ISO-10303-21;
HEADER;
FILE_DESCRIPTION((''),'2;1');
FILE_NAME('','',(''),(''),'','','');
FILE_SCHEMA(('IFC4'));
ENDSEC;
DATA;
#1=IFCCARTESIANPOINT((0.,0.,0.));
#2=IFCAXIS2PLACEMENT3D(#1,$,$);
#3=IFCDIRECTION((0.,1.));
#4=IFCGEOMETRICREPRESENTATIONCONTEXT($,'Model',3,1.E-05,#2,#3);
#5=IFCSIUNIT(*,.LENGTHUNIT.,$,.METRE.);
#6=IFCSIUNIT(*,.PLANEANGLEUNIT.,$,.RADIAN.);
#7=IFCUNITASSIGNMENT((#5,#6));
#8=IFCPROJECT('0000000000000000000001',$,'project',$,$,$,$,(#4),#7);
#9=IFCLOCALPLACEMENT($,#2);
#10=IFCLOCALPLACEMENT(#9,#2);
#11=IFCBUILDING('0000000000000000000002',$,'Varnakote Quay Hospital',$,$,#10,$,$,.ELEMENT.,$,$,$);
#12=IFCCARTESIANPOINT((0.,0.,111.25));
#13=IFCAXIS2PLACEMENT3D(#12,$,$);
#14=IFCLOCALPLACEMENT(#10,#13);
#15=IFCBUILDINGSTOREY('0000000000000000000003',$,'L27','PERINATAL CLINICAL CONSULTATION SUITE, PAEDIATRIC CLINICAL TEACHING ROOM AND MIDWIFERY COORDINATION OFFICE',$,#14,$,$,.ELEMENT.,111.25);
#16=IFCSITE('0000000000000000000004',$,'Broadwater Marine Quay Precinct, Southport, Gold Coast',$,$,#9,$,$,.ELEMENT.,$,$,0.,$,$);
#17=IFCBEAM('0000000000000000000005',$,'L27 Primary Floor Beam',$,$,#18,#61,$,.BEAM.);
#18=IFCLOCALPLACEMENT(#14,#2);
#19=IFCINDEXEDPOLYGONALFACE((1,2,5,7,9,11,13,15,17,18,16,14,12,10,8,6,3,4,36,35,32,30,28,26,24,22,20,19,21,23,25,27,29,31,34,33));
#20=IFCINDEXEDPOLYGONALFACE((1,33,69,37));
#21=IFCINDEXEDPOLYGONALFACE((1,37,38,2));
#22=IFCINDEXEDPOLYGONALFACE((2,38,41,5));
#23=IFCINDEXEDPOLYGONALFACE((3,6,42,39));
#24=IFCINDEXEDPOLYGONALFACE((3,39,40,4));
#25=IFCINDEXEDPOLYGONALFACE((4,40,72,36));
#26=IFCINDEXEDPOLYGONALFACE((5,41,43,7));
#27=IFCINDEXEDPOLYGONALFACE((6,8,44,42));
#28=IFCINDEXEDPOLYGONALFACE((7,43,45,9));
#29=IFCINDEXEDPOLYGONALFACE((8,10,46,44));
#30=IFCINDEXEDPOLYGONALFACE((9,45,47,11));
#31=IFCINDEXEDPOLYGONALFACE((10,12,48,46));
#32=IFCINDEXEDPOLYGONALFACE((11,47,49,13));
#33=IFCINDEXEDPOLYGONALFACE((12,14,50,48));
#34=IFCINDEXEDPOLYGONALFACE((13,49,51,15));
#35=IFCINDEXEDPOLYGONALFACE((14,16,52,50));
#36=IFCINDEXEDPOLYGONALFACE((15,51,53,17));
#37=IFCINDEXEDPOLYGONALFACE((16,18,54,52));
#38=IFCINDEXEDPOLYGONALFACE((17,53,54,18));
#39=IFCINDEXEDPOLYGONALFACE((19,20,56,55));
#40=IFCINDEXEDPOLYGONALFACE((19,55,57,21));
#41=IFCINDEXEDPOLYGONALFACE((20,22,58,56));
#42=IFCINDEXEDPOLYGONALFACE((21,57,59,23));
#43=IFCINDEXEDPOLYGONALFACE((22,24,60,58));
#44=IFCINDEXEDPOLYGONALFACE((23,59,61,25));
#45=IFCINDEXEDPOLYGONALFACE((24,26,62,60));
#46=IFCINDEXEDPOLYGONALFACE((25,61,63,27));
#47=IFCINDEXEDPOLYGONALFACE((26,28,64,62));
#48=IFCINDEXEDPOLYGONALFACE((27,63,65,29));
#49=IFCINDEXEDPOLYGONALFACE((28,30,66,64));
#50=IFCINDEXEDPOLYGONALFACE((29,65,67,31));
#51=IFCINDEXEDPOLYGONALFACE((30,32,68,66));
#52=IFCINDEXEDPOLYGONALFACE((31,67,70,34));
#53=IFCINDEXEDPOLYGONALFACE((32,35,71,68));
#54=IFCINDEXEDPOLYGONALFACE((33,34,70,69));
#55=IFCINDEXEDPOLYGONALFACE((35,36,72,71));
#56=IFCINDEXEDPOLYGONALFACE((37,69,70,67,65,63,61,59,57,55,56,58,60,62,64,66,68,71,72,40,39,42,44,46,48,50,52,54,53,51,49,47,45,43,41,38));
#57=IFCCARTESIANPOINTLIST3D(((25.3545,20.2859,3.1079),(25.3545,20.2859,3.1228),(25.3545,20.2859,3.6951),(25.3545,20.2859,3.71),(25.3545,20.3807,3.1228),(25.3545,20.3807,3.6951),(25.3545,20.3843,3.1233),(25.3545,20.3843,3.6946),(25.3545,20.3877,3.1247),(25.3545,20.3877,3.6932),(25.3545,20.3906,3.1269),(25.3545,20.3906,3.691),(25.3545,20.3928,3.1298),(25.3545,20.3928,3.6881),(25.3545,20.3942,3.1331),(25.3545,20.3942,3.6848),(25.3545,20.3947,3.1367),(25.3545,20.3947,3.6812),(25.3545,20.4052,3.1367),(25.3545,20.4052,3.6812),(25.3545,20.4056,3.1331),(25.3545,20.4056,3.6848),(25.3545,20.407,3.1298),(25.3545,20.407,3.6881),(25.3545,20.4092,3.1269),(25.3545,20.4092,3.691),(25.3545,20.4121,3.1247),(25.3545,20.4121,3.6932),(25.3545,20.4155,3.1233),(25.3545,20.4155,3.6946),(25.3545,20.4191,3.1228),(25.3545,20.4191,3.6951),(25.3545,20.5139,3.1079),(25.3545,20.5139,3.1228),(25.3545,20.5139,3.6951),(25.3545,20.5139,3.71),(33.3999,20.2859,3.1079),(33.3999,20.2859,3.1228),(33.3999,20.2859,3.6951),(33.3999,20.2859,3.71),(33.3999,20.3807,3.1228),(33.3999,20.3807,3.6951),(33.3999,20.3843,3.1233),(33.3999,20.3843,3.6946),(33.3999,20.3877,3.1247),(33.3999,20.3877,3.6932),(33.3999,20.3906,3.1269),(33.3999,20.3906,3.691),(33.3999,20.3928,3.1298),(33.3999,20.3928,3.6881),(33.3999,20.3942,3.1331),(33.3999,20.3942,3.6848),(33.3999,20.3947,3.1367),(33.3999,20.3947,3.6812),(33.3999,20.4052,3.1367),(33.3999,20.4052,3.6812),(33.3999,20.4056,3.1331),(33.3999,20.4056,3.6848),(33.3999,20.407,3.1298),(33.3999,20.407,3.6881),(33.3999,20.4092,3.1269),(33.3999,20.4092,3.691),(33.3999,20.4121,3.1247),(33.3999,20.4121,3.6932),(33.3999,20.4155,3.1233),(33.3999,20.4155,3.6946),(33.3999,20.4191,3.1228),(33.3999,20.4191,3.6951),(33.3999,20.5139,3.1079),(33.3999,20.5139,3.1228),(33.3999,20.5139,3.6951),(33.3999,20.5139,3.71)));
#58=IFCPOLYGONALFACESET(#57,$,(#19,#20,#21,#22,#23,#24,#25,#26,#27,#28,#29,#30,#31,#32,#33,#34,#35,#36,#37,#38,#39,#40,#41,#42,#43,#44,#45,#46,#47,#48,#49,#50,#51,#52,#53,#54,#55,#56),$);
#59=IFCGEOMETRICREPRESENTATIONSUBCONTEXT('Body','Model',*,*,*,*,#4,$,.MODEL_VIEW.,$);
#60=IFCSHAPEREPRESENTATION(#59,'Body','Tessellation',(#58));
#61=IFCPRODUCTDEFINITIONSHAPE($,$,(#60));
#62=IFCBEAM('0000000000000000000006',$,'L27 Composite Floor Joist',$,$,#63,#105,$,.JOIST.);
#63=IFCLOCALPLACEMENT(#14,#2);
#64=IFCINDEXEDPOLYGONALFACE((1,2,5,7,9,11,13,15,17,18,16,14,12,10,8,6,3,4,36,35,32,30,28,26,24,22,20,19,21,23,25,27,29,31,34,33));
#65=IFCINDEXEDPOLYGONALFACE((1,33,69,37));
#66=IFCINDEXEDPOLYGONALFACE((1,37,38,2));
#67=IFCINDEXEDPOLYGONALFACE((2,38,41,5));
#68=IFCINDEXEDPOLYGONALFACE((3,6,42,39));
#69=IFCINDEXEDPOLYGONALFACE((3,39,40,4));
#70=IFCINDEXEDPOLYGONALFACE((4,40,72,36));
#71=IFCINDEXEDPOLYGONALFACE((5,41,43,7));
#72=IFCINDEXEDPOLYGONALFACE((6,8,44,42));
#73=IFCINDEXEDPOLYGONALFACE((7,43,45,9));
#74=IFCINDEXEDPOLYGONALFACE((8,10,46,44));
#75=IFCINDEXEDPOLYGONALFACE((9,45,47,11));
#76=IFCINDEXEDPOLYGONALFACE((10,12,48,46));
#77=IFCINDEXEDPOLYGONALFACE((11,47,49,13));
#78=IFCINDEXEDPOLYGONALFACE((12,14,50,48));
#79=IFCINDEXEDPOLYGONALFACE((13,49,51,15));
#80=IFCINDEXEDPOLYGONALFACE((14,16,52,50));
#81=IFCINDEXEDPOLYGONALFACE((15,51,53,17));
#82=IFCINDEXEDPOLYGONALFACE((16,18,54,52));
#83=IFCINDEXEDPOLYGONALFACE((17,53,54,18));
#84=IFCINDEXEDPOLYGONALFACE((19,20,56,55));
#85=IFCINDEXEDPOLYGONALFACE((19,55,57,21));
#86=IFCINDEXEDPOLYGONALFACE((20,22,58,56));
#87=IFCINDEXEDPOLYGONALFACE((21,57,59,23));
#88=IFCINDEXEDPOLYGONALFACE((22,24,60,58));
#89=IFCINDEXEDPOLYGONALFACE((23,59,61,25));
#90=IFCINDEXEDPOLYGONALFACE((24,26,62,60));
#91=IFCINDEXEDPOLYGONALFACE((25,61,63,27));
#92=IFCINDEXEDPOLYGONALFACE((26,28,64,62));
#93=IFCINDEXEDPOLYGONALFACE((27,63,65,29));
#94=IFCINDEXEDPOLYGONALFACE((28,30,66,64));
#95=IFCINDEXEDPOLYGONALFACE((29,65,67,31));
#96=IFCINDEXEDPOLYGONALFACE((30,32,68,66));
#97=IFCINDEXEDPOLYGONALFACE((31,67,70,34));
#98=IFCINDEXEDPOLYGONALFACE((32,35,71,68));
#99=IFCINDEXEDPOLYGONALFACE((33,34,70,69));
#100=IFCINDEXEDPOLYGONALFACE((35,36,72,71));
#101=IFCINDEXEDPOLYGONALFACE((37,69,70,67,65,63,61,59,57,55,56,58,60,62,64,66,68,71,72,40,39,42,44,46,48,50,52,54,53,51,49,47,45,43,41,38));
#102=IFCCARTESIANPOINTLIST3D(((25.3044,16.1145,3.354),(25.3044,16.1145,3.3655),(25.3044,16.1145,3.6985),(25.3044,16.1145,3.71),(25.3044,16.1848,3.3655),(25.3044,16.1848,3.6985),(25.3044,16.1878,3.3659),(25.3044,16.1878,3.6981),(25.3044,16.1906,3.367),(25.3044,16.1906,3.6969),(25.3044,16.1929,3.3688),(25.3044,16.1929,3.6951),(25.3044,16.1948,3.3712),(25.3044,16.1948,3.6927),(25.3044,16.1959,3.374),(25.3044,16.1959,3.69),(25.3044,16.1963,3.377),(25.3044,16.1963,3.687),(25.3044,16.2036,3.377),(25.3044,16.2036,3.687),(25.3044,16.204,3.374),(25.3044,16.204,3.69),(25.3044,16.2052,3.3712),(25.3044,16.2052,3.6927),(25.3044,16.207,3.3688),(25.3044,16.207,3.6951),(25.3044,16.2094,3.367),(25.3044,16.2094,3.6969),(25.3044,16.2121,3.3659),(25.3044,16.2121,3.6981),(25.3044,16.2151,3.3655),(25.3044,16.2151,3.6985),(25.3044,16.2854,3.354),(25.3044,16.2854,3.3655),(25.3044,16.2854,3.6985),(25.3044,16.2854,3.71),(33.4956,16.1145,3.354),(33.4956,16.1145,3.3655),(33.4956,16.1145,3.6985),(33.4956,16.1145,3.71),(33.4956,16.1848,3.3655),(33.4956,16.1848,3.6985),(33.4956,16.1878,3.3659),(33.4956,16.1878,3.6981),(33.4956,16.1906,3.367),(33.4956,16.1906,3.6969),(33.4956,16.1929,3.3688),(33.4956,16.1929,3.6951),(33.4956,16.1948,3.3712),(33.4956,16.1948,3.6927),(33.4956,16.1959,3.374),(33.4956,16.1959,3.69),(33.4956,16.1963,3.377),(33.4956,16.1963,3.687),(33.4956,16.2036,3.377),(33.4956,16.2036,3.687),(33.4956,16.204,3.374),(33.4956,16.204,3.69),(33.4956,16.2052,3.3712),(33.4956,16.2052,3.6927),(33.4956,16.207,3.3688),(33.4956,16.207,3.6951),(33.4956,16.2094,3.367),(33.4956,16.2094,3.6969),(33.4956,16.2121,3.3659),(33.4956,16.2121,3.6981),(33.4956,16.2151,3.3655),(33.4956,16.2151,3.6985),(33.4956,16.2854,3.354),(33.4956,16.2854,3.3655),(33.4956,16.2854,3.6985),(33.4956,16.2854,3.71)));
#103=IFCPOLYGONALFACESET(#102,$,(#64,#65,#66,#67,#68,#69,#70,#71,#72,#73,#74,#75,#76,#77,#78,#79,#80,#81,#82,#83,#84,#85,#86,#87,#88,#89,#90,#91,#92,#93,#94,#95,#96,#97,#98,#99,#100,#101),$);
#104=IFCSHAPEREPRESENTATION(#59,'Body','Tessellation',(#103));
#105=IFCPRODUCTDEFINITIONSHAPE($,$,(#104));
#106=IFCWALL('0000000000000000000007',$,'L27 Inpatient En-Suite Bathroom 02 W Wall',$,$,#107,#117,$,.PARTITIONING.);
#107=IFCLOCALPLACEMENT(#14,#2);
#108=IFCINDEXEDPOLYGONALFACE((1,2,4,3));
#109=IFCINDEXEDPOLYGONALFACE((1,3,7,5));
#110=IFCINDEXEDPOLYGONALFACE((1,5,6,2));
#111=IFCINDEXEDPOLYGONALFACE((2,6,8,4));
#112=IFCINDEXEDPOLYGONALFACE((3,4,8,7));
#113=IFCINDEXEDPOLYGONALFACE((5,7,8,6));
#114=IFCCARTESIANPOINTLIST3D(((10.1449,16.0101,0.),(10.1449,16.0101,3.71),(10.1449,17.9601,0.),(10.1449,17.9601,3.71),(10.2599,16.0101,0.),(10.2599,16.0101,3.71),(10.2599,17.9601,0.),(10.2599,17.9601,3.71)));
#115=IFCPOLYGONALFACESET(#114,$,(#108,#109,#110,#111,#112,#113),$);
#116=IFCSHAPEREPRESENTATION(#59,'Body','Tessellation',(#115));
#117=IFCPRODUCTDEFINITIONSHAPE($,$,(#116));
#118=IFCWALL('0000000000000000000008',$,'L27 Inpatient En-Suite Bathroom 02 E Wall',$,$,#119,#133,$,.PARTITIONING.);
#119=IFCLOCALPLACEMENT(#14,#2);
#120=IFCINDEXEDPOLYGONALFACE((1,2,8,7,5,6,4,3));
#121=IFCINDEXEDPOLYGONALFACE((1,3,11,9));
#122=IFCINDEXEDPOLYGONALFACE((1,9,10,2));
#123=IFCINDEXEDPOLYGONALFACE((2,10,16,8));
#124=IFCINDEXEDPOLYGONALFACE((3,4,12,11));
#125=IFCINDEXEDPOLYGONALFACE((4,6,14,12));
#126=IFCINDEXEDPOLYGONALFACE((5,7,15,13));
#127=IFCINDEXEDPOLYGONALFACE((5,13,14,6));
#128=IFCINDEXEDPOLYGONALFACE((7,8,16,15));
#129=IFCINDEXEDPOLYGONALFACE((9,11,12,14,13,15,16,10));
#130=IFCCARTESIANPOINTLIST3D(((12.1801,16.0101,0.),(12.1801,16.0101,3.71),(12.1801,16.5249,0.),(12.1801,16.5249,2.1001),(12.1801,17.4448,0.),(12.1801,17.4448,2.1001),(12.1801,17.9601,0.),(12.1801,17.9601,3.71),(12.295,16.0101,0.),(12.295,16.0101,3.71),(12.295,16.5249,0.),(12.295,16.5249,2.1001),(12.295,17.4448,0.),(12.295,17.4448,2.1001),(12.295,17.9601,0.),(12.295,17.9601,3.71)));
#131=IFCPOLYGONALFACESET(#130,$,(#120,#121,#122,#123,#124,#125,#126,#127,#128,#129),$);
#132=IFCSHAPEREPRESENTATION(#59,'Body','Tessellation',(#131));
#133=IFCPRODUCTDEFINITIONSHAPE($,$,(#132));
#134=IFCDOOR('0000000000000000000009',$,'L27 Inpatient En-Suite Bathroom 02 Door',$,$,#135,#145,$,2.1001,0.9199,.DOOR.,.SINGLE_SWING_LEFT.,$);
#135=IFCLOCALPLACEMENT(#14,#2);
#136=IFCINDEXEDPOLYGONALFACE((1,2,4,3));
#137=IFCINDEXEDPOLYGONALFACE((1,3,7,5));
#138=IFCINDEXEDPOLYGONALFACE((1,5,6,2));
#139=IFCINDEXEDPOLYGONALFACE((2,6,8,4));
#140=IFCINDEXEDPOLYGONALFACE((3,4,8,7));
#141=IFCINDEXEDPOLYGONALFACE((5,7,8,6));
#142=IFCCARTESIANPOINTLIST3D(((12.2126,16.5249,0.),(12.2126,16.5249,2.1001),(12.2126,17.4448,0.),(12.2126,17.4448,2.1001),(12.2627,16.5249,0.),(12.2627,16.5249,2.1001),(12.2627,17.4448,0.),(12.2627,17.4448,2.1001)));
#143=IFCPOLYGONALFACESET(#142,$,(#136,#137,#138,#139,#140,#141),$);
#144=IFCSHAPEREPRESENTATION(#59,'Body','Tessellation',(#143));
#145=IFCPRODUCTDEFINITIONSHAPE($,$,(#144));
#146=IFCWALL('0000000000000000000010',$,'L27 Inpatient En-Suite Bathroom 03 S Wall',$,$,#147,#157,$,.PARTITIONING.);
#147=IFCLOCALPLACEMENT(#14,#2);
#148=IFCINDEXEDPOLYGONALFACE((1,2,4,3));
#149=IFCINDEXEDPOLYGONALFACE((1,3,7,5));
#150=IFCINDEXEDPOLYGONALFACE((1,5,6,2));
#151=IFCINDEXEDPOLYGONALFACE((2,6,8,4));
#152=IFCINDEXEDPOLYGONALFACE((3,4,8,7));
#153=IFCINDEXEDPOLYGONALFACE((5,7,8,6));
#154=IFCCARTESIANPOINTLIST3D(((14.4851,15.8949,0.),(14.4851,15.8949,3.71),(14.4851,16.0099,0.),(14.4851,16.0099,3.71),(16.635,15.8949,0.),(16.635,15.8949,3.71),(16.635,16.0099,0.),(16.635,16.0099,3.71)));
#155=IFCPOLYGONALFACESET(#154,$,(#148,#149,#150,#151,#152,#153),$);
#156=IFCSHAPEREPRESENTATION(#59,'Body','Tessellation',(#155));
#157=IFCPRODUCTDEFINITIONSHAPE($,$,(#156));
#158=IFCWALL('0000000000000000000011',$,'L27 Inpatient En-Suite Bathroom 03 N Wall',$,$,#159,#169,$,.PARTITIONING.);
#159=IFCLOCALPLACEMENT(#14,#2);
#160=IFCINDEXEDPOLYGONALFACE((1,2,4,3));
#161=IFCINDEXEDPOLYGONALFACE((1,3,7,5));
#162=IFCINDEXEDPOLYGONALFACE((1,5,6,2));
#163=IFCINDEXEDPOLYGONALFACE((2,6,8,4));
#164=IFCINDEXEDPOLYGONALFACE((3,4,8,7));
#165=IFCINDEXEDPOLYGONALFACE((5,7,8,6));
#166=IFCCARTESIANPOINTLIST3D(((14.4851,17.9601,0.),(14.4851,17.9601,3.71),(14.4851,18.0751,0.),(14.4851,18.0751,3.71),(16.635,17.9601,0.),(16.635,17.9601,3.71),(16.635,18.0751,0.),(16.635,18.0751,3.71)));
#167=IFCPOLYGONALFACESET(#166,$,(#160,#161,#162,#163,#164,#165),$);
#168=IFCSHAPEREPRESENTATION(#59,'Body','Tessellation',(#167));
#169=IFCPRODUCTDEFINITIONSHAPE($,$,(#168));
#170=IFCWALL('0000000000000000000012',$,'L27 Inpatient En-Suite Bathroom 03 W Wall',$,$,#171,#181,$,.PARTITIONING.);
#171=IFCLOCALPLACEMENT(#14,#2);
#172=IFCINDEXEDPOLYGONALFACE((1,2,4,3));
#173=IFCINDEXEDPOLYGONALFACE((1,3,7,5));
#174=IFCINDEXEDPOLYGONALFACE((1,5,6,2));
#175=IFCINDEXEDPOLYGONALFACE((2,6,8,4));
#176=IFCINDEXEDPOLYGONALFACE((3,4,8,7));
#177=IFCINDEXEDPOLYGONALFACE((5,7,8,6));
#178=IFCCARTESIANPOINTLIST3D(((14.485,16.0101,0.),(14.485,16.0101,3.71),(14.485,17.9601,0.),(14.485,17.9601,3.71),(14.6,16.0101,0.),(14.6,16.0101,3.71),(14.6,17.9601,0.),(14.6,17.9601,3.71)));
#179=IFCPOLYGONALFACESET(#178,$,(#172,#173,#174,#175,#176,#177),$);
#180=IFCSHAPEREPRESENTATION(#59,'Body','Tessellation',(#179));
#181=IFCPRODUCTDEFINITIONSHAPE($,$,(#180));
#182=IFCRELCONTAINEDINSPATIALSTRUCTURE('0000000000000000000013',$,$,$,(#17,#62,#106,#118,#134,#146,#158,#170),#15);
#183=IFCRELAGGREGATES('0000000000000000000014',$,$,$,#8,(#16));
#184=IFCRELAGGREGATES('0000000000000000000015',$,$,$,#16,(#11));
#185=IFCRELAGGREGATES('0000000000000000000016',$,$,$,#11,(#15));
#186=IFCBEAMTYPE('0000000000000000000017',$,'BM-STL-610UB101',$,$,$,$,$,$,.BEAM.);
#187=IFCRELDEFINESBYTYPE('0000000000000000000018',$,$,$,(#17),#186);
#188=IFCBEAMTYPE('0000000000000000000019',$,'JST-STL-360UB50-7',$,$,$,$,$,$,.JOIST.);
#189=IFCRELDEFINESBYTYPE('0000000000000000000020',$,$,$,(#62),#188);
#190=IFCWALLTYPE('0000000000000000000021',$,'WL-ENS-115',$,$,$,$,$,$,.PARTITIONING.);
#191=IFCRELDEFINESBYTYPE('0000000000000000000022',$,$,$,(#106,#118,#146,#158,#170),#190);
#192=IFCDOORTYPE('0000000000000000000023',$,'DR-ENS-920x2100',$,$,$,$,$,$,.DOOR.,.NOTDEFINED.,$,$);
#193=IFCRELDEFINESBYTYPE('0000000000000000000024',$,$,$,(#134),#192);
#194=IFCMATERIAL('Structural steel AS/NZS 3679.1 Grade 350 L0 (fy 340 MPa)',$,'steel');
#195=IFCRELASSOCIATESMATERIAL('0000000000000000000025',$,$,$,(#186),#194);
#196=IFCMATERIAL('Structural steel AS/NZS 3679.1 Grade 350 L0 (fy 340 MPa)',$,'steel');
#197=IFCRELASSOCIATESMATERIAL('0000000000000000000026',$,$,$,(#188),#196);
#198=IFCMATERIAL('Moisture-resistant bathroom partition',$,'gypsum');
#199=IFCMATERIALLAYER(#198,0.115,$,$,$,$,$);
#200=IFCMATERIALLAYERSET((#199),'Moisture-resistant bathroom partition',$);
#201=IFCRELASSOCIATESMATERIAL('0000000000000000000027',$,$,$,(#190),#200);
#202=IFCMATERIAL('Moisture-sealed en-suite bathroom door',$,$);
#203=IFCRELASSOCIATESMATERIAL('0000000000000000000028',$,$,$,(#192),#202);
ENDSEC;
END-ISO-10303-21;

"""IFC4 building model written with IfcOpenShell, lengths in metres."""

from ifc_helpers import new_model, si_unit, direction, frame, frame_2d, origin, origin_2d, place, context, subcontext, project, spatial, rectangle, i_section, extrude, material, layer, layer_set, material_profile, profile_set, type_object, element, fill, save


model = new_model("IFC4")

# Units and contexts
model_context = context("Model", 3, precision=1e-05, world=origin(), true_north=direction((0.0, 1.0)))
body_context = subcontext(model_context, "Body", "Model", "MODEL_VIEW")
ifc_project = project(units=[si_unit("LENGTHUNIT", "METRE"), si_unit("PLANEANGLEUNIT", "RADIAN")], contexts=[model_context])

# Site, building, storey
site_placement = place(None, origin())
site = spatial("IfcSite", under=ifc_project, at=site_placement, Name="Broadwater Marine Quay Precinct, Southport, Gold Coast", CompositionType="ELEMENT", RefElevation=0.0)
building_placement = place(site_placement, origin())
building = spatial("IfcBuilding", under=site, at=building_placement, Name="Varnakote Quay Hospital", CompositionType="ELEMENT")
storey_placement = place(building_placement, frame((0.0, 0.0, 111.25)))
storey = spatial("IfcBuildingStorey", under=building, at=storey_placement, Name="L27", Description="PERINATAL CLINICAL CONSULTATION SUITE, PAEDIATRIC CLINICAL TEACHING ROOM AND MIDWIFERY COORDINATION OFFICE", CompositionType="ELEMENT", Elevation=111.25)

# Beams
ifc_material_1 = material(Name="Structural steel AS/NZS 3679.1 Grade 350 L0 (fy 340 MPa)", Category="steel")
ifc_material_profile_1 = material_profile(ifc_material_1, i_section(OverallWidth=0.228, OverallDepth=0.6021, WebThickness=0.0105, FlangeThickness=0.0149, FilletRadius=0.0139, at=origin_2d()), Name="610UB101")
ifc_profile_set_1 = profile_set([ifc_material_profile_1], Name="Structural steel AS/NZS 3679.1 Grade 350 L0 (fy 340 MPa)")
beam_type_1 = type_object("IfcBeamType", Name="BM-STL-610UB101", PredefinedType="BEAM", material=ifc_profile_set_1)
for number, where, z_axis, x_axis, name in (
    (1, (25.3545, 20.3999, 3.4089), (1.0, 0.0, 0.0), (0.0, 1.0, 0.0), "L27 Primary Floor Beam"),
):
    element("IfcBeam", number, at=place(storey_placement, frame(where, z_axis=z_axis, x_axis=x_axis)), inside=storey, type_object=beam_type_1, Name=name, PredefinedType="BEAM", context=body_context, shape_type="SweptSolid", body=[
        extrude(i_section(OverallWidth=0.228, OverallDepth=0.6021, WebThickness=0.0105, FlangeThickness=0.0149, FilletRadius=0.0139, at=origin_2d()), origin(), (0.0, 0.0, 1.0), 8.0454),
    ])
ifc_material_2 = material(Name="Structural steel AS/NZS 3679.1 Grade 350 L0 (fy 340 MPa)", Category="steel")
ifc_material_profile_2 = material_profile(ifc_material_2, i_section(OverallWidth=0.1709, OverallDepth=0.356, WebThickness=0.0073, FlangeThickness=0.0115, FilletRadius=0.0115, at=origin_2d()), Name="360UB50.7")
ifc_profile_set_2 = profile_set([ifc_material_profile_2], Name="Structural steel AS/NZS 3679.1 Grade 350 L0 (fy 340 MPa)")
beam_type_2 = type_object("IfcBeamType", Name="JST-STL-360UB50-7", PredefinedType="JOIST", material=ifc_profile_set_2)
beam_1_placement = place(storey_placement, frame((25.3044, 16.2, 3.532), z_axis=(1.0, 0.0, 0.0), x_axis=(0.0, 1.0, 0.0)))
element("IfcBeam", 2, at=beam_1_placement, inside=storey, type_object=beam_type_2, Name="L27 Composite Floor Joist", PredefinedType="JOIST", context=body_context, shape_type="SweptSolid", body=[
    extrude(i_section(OverallWidth=0.1709, OverallDepth=0.356, WebThickness=0.0073, FlangeThickness=0.0115, FilletRadius=0.0115, at=origin_2d()), origin(), (0.0, 0.0, 1.0), 8.1912),
])

# Wall
ifc_material_3 = material(Name="Moisture-resistant bathroom partition", Category="gypsum")
ifc_layer_1 = layer(ifc_material_3, 0.115)
ifc_layer_set_1 = layer_set([ifc_layer_1], Name="Moisture-resistant bathroom partition")
wall_type_1 = type_object("IfcWallType", Name="WL-ENS-115", PredefinedType="PARTITIONING", material=ifc_layer_set_1)
wall_1_placement = place(storey_placement, frame((10.2024, 16.01, 0.0), z_axis=(0.0, 0.0, 1.0), x_axis=(0.0, 1.0, 0.0)))
element("IfcWall", 3, at=wall_1_placement, inside=storey, type_object=wall_type_1, Name="L27 Inpatient En-Suite Bathroom 02 W Wall", PredefinedType="PARTITIONING", context=body_context, shape_type="SweptSolid", body=[
    extrude(rectangle(XDim=1.95, YDim=0.115, at=frame_2d((0.9751, 0.0))), origin(), (0.0, 0.0, 1.0), 3.71),
])

# Wall, opening, door
wall_2_placement = place(storey_placement, frame((12.2375, 16.01, 0.0), z_axis=(0.0, 0.0, 1.0), x_axis=(0.0, 1.0, 0.0)))
wall_2 = element("IfcWall", 4, at=wall_2_placement, inside=storey, type_object=wall_type_1, Name="L27 Inpatient En-Suite Bathroom 02 E Wall", PredefinedType="PARTITIONING", context=body_context, shape_type="SweptSolid", body=[
    extrude(rectangle(XDim=1.95, YDim=0.115, at=frame_2d((0.9751, 0.0))), origin(), (0.0, 0.0, 1.0), 3.71),
])
opening_1_placement = place(wall_2_placement, frame((0.5149, 0.0, 0.0)))
opening_1 = element("IfcOpeningElement", 5, at=opening_1_placement, cuts=wall_2, PredefinedType="OPENING", context=body_context, shape_type="SweptSolid", body=[
    extrude(rectangle(XDim=0.9199, YDim=2.1001, at=frame_2d((0.46, 1.05))), frame((0.0, 0.0674, 0.0), z_axis=(0.0, -1.0, 0.0), x_axis=(1.0, 0.0, 0.0)), (0.0, 0.0, 1.0), 0.135),
])
ifc_material_4 = material(Name="Moisture-sealed en-suite bathroom door")
door_type_1 = type_object("IfcDoorType", Name="DR-ENS-920x2100", OperationType="NOTDEFINED", PredefinedType="DOOR", material=ifc_material_4)
door_1_placement = place(opening_1_placement, origin())
door_1 = element("IfcDoor", 6, at=door_1_placement, inside=storey, type_object=door_type_1, Name="L27 Inpatient En-Suite Bathroom 02 Door", OperationType="SINGLE_SWING_LEFT", OverallHeight=2.1001, OverallWidth=0.9199, PredefinedType="DOOR", context=body_context, shape_type="SweptSolid", body=[
    extrude(rectangle(XDim=0.9199, YDim=2.1001, at=frame_2d((0.46, 1.05))), frame((0.0, 0.0249, 0.0), z_axis=(0.0, -1.0, 0.0), x_axis=(1.0, 0.0, 0.0)), (0.0, 0.0, 1.0), 0.05),
])
fill(opening_1, door_1)

# Walls
for number, where, z_axis, x_axis, name in (
    (7, (14.4851, 15.9524, 0.0), (0.0, 0.0, 1.0), (1.0, 0.0, 0.0), "L27 Inpatient En-Suite Bathroom 03 S Wall"),
    (8, (14.4851, 18.0176, 0.0), (0.0, 0.0, 1.0), (1.0, 0.0, 0.0), "L27 Inpatient En-Suite Bathroom 03 N Wall"),
):
    element("IfcWall", number, at=place(storey_placement, frame(where, z_axis=z_axis, x_axis=x_axis)), inside=storey, type_object=wall_type_1, Name=name, PredefinedType="PARTITIONING", context=body_context, shape_type="SweptSolid", body=[
        extrude(rectangle(XDim=2.1499, YDim=0.115, at=frame_2d((1.075, 0.0))), origin(), (0.0, 0.0, 1.0), 3.71),
    ])
wall_3_placement = place(storey_placement, frame((14.5425, 16.01, 0.0), z_axis=(0.0, 0.0, 1.0), x_axis=(0.0, 1.0, 0.0)))
element("IfcWall", 9, at=wall_3_placement, inside=storey, type_object=wall_type_1, Name="L27 Inpatient En-Suite Bathroom 03 W Wall", PredefinedType="PARTITIONING", context=body_context, shape_type="SweptSolid", body=[
    extrude(rectangle(XDim=1.95, YDim=0.115, at=frame_2d((0.9751, 0.0))), origin(), (0.0, 0.0, 1.0), 3.71),
])

save(model, "model.ifc")
